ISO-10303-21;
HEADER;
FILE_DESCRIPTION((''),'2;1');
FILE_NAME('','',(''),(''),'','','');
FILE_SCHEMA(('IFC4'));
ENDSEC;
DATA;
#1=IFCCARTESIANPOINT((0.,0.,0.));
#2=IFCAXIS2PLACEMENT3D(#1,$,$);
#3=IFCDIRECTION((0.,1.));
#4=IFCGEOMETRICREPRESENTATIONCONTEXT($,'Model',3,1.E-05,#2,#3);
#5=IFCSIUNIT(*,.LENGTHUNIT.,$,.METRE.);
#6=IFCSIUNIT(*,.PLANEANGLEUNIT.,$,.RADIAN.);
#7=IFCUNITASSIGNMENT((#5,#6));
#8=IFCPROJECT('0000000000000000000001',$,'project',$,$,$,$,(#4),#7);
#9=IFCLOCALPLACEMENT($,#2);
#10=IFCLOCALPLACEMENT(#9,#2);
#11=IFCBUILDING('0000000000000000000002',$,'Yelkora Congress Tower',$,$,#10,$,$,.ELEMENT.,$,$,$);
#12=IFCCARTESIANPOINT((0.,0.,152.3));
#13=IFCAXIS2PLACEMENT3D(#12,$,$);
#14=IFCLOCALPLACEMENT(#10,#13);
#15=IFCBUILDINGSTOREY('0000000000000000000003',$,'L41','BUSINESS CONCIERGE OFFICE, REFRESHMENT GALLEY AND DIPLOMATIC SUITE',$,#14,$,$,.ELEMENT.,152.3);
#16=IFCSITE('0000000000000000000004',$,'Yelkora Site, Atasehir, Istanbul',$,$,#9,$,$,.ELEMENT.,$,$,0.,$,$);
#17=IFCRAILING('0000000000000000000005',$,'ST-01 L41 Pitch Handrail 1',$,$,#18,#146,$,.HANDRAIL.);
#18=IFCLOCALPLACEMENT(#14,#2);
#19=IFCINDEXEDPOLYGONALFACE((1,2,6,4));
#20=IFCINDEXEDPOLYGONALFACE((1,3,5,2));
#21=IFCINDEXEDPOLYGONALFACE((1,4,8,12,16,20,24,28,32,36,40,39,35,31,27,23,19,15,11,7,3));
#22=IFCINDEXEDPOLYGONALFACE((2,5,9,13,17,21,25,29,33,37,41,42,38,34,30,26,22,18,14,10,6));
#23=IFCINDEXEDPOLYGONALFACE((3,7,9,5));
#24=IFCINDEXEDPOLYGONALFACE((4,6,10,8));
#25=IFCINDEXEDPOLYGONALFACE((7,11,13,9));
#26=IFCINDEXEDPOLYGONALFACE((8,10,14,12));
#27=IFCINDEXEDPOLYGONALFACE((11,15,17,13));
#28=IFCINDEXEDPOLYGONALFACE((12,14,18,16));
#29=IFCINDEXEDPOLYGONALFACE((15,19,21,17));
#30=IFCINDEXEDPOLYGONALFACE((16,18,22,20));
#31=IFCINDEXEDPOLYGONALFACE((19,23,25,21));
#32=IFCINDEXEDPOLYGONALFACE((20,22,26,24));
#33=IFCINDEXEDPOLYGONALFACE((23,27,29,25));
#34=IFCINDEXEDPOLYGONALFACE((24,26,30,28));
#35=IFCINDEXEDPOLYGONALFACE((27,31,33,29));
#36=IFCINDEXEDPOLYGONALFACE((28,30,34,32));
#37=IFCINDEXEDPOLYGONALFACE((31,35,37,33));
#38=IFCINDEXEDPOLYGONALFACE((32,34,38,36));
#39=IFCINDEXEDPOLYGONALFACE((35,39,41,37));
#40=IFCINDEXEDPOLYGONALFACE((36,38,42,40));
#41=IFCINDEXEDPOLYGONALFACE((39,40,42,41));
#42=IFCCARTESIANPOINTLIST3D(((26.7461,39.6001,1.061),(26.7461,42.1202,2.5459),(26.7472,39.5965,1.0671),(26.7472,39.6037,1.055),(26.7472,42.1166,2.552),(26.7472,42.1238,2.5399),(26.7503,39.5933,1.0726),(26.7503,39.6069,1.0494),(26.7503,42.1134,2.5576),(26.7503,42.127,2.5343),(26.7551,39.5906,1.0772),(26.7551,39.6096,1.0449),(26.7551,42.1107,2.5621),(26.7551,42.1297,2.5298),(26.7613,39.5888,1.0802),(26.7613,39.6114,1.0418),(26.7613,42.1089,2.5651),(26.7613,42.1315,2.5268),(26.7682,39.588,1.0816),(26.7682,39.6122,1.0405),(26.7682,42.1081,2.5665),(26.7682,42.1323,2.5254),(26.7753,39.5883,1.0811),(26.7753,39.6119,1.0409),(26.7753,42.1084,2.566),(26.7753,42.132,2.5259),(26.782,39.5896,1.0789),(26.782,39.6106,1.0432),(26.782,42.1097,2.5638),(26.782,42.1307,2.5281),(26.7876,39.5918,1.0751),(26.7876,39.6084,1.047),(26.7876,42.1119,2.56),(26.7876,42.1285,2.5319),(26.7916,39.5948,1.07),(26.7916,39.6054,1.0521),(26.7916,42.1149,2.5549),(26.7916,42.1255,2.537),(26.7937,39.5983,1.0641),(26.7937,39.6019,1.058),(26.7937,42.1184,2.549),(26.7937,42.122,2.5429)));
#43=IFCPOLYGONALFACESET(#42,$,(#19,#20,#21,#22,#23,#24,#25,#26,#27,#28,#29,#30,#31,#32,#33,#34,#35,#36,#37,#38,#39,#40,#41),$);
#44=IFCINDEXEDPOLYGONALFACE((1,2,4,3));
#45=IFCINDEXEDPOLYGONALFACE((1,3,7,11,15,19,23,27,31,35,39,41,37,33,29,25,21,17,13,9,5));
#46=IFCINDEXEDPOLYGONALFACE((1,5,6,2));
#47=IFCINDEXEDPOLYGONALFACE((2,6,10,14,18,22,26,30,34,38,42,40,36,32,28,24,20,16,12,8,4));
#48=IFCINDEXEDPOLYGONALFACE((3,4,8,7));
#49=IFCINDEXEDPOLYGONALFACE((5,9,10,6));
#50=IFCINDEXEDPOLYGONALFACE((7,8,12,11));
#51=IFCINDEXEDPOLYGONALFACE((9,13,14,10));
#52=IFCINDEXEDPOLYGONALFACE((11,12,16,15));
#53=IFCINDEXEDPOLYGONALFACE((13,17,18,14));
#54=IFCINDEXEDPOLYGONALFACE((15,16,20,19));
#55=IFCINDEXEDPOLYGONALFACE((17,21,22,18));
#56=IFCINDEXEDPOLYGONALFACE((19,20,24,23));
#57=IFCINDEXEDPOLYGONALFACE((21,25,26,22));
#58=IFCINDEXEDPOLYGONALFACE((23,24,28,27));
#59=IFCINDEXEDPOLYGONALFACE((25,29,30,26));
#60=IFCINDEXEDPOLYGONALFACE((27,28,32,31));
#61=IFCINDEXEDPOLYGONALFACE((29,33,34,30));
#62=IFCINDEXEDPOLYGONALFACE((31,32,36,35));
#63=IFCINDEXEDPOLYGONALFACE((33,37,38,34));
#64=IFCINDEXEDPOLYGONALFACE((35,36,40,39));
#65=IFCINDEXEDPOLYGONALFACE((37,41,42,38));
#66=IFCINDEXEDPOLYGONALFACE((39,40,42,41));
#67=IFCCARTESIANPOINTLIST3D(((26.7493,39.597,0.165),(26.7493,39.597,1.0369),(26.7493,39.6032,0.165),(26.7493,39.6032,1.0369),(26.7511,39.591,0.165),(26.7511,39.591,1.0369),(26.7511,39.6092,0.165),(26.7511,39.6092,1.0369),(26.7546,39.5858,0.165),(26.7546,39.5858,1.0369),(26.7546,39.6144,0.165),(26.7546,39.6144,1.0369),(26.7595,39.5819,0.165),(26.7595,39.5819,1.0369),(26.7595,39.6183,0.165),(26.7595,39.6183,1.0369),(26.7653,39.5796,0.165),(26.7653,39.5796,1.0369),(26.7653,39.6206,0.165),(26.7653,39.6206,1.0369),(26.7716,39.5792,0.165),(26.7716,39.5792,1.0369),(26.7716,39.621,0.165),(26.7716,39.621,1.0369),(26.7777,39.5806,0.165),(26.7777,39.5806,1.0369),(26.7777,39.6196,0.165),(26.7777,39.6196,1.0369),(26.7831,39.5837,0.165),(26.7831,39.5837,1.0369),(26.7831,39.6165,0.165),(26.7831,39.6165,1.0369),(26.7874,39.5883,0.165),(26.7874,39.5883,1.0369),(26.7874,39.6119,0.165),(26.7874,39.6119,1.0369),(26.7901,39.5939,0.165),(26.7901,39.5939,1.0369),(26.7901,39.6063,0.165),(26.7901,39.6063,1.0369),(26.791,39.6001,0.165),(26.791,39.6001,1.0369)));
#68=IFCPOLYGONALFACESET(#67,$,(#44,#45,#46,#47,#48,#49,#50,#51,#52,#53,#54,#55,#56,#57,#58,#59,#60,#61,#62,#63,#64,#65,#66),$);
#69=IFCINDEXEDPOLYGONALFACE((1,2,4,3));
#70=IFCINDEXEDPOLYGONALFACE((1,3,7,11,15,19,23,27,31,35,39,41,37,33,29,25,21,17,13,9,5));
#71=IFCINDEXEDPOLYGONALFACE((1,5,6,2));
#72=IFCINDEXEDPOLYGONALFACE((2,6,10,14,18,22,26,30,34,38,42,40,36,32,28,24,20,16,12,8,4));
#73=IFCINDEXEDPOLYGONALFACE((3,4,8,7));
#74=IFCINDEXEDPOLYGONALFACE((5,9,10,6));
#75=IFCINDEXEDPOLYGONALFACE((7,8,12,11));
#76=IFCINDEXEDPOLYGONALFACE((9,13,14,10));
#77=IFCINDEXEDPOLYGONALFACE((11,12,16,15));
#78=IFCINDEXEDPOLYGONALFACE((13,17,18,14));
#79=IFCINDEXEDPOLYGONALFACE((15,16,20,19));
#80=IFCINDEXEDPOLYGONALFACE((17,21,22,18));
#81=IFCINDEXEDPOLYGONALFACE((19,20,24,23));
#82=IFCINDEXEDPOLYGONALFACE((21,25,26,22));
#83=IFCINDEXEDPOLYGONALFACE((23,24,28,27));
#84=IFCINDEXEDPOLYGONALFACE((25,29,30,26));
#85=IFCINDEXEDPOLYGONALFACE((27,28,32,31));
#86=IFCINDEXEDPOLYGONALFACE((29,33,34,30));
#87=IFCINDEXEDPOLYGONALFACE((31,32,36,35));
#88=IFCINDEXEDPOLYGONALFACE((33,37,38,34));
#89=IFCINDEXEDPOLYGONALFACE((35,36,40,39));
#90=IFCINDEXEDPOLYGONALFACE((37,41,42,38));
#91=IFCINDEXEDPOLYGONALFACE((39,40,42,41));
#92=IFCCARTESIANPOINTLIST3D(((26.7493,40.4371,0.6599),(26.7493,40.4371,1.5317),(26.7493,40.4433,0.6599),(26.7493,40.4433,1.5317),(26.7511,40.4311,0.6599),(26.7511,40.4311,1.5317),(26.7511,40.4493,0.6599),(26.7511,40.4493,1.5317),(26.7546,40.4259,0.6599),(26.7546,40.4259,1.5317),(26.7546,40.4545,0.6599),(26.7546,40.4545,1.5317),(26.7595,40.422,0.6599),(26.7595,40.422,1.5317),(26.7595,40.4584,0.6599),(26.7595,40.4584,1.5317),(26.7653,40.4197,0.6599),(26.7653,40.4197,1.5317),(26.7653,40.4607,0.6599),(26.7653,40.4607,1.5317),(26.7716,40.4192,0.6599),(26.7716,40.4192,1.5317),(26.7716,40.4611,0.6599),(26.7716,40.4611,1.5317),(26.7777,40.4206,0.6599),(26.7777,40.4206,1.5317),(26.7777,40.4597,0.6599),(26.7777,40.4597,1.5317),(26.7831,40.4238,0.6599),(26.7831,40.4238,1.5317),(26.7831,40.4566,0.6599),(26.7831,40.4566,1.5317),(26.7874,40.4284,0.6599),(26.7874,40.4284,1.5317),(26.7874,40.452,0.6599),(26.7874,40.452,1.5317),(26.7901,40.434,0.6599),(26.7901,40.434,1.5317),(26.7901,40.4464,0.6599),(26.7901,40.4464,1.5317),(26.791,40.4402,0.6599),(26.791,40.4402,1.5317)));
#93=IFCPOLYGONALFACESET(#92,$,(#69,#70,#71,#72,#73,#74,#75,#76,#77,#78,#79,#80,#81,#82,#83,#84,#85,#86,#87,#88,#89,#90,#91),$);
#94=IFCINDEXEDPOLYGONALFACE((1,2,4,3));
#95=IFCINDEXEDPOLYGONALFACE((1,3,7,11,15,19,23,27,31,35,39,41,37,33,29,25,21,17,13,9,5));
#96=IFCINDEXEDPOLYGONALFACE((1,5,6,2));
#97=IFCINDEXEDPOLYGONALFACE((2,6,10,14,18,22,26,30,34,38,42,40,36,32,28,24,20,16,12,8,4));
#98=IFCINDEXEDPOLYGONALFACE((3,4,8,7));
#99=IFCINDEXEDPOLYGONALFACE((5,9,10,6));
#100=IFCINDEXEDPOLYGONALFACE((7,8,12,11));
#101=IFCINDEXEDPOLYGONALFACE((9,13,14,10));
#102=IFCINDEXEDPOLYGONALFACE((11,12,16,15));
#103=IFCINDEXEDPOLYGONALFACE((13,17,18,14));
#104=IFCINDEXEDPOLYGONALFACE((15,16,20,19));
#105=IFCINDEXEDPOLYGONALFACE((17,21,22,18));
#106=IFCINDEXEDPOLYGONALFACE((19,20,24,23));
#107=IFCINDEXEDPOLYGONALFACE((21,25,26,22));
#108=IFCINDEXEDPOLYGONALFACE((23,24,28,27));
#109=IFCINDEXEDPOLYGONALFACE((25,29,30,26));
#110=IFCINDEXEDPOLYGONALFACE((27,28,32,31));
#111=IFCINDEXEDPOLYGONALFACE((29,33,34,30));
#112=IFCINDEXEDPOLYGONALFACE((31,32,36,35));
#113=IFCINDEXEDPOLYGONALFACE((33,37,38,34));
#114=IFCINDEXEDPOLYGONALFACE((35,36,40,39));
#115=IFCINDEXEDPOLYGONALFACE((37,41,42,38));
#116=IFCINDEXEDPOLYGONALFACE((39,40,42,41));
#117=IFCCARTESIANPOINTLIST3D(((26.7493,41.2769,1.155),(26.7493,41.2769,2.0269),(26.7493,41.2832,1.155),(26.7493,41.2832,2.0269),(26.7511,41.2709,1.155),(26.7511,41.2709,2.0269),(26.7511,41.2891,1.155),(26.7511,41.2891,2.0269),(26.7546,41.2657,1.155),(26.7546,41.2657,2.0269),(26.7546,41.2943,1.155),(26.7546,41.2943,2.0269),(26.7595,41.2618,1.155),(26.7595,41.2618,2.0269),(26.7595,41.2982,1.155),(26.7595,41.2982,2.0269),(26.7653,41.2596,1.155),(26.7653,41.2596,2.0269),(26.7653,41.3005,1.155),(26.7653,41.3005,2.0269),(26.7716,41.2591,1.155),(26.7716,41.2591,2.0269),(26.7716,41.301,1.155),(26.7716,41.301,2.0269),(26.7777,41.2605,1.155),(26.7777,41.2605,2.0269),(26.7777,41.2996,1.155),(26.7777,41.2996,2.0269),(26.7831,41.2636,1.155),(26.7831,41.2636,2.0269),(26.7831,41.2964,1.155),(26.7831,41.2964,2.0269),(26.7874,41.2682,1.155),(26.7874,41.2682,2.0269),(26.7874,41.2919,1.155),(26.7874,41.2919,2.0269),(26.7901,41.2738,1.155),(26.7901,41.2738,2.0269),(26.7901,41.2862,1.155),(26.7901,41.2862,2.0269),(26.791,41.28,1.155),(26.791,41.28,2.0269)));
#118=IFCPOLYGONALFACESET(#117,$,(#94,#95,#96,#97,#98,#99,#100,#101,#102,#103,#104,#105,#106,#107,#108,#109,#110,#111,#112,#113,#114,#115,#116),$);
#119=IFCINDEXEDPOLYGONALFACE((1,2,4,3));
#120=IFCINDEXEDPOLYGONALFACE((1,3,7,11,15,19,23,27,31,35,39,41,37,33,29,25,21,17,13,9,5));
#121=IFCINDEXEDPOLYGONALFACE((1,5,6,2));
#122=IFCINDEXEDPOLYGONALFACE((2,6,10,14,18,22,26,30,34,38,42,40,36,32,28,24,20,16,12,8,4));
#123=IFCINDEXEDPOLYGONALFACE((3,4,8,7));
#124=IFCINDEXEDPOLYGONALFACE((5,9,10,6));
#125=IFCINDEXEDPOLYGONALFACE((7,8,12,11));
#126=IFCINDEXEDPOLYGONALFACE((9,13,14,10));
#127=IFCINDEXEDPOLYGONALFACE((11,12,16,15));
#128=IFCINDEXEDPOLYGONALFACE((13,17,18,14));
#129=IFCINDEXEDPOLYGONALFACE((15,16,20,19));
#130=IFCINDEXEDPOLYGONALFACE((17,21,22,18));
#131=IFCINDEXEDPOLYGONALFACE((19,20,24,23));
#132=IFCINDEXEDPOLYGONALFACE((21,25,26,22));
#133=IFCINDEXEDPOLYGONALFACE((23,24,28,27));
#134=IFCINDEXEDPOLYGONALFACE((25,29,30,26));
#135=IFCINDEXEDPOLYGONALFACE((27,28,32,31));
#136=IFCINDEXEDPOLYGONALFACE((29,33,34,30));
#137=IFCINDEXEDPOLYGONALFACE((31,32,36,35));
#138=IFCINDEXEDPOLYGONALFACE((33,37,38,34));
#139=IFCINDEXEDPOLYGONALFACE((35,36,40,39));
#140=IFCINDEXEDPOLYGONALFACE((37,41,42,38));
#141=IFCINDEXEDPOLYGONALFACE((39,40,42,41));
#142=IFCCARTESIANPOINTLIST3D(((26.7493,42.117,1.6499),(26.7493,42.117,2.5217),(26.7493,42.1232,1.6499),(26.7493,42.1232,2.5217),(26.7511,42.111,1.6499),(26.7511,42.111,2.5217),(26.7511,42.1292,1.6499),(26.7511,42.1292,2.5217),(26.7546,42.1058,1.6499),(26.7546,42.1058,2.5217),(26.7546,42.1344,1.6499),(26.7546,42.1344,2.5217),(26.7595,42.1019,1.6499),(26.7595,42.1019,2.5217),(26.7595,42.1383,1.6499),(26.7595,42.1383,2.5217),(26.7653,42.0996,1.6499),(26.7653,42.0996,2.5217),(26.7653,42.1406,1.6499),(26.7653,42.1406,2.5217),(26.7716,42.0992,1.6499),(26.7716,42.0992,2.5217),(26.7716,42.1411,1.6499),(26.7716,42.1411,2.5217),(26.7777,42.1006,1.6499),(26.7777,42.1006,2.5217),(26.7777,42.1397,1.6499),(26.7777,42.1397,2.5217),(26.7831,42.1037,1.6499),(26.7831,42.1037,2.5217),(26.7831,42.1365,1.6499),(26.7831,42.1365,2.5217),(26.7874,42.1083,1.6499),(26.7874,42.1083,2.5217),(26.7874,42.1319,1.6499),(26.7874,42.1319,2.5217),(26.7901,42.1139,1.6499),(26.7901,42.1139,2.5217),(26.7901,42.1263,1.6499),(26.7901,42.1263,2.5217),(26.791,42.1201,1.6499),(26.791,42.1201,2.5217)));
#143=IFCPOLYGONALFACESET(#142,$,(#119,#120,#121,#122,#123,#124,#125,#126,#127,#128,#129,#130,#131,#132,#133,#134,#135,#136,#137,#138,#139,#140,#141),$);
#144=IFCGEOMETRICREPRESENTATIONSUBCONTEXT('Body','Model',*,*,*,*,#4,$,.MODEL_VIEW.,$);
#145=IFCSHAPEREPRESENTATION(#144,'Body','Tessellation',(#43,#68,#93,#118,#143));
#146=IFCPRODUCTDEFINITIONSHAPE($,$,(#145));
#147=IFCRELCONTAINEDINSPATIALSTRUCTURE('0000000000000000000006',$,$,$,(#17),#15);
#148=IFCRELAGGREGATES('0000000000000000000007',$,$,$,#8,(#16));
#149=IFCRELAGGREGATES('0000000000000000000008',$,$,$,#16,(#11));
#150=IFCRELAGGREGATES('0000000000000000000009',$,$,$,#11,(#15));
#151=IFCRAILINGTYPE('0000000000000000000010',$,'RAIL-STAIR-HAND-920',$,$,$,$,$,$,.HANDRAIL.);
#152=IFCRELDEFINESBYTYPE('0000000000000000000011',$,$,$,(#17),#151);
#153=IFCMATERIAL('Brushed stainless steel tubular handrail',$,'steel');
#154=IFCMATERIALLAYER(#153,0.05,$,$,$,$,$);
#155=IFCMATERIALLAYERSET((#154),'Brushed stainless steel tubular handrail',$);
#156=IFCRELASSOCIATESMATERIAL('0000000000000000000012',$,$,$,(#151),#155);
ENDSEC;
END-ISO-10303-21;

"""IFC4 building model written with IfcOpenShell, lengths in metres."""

from ifc_helpers import new_model, si_unit, direction, frame, origin, origin_2d, place, context, subcontext, project, spatial, circle, extrude, material, layer, layer_set, type_object, element, save


model = new_model("IFC4")

# Units and contexts
model_context = context("Model", 3, precision=1e-05, world=origin(), true_north=direction((0.0, 1.0)))
body_context = subcontext(model_context, "Body", "Model", "MODEL_VIEW")
ifc_project = project(units=[si_unit("LENGTHUNIT", "METRE"), si_unit("PLANEANGLEUNIT", "RADIAN")], contexts=[model_context])

# Site, building, storey
site_placement = place(None, origin())
site = spatial("IfcSite", under=ifc_project, at=site_placement, Name="Yelkora Site, Atasehir, Istanbul", CompositionType="ELEMENT", RefElevation=0.0)
building_placement = place(site_placement, origin())
building = spatial("IfcBuilding", under=site, at=building_placement, Name="Yelkora Congress Tower", CompositionType="ELEMENT")
storey_placement = place(building_placement, frame((0.0, 0.0, 152.3)))
storey = spatial("IfcBuildingStorey", under=building, at=storey_placement, Name="L41", Description="BUSINESS CONCIERGE OFFICE, REFRESHMENT GALLEY AND DIPLOMATIC SUITE", CompositionType="ELEMENT", Elevation=152.3)

# Railing
ifc_material_1 = material(Name="Brushed stainless steel tubular handrail", Category="steel")
ifc_layer_1 = layer(ifc_material_1, 0.05)
ifc_layer_set_1 = layer_set([ifc_layer_1], Name="Brushed stainless steel tubular handrail")
railing_type_1 = type_object("IfcRailingType", Name="RAIL-STAIR-HAND-920", PredefinedType="HANDRAIL", material=ifc_layer_set_1)
railing_1_placement = place(storey_placement, frame((26.77, 39.6001, 0.165)))
element("IfcRailing", 1, at=railing_1_placement, inside=storey, type_object=railing_type_1, Name="ST-01 L41 Pitch Handrail 1", PredefinedType="HANDRAIL", context=body_context, shape_type="SweptSolid", body=[
    extrude(circle(Radius=0.0239, at=origin_2d()), frame((0.0, 0.0, 0.896), z_axis=(0.0, 0.861561, 0.507655), x_axis=(-1.0, 0.0, 0.0)), (0.0, 0.0, 1.0), 2.925),
    extrude(circle(Radius=0.021, at=origin_2d()), origin(), (0.0, 0.0, 1.0), 0.8718),
    extrude(circle(Radius=0.021, at=origin_2d()), frame((0.0, 0.8401, 0.4949)), (0.0, 0.0, 1.0), 0.8718),
    extrude(circle(Radius=0.021, at=origin_2d()), frame((0.0, 1.6799, 0.99)), (0.0, 0.0, 1.0), 0.8718),
    extrude(circle(Radius=0.021, at=origin_2d()), frame((0.0, 2.52, 1.4849)), (0.0, 0.0, 1.0), 0.8718),
])

save(model, "model.ifc")
